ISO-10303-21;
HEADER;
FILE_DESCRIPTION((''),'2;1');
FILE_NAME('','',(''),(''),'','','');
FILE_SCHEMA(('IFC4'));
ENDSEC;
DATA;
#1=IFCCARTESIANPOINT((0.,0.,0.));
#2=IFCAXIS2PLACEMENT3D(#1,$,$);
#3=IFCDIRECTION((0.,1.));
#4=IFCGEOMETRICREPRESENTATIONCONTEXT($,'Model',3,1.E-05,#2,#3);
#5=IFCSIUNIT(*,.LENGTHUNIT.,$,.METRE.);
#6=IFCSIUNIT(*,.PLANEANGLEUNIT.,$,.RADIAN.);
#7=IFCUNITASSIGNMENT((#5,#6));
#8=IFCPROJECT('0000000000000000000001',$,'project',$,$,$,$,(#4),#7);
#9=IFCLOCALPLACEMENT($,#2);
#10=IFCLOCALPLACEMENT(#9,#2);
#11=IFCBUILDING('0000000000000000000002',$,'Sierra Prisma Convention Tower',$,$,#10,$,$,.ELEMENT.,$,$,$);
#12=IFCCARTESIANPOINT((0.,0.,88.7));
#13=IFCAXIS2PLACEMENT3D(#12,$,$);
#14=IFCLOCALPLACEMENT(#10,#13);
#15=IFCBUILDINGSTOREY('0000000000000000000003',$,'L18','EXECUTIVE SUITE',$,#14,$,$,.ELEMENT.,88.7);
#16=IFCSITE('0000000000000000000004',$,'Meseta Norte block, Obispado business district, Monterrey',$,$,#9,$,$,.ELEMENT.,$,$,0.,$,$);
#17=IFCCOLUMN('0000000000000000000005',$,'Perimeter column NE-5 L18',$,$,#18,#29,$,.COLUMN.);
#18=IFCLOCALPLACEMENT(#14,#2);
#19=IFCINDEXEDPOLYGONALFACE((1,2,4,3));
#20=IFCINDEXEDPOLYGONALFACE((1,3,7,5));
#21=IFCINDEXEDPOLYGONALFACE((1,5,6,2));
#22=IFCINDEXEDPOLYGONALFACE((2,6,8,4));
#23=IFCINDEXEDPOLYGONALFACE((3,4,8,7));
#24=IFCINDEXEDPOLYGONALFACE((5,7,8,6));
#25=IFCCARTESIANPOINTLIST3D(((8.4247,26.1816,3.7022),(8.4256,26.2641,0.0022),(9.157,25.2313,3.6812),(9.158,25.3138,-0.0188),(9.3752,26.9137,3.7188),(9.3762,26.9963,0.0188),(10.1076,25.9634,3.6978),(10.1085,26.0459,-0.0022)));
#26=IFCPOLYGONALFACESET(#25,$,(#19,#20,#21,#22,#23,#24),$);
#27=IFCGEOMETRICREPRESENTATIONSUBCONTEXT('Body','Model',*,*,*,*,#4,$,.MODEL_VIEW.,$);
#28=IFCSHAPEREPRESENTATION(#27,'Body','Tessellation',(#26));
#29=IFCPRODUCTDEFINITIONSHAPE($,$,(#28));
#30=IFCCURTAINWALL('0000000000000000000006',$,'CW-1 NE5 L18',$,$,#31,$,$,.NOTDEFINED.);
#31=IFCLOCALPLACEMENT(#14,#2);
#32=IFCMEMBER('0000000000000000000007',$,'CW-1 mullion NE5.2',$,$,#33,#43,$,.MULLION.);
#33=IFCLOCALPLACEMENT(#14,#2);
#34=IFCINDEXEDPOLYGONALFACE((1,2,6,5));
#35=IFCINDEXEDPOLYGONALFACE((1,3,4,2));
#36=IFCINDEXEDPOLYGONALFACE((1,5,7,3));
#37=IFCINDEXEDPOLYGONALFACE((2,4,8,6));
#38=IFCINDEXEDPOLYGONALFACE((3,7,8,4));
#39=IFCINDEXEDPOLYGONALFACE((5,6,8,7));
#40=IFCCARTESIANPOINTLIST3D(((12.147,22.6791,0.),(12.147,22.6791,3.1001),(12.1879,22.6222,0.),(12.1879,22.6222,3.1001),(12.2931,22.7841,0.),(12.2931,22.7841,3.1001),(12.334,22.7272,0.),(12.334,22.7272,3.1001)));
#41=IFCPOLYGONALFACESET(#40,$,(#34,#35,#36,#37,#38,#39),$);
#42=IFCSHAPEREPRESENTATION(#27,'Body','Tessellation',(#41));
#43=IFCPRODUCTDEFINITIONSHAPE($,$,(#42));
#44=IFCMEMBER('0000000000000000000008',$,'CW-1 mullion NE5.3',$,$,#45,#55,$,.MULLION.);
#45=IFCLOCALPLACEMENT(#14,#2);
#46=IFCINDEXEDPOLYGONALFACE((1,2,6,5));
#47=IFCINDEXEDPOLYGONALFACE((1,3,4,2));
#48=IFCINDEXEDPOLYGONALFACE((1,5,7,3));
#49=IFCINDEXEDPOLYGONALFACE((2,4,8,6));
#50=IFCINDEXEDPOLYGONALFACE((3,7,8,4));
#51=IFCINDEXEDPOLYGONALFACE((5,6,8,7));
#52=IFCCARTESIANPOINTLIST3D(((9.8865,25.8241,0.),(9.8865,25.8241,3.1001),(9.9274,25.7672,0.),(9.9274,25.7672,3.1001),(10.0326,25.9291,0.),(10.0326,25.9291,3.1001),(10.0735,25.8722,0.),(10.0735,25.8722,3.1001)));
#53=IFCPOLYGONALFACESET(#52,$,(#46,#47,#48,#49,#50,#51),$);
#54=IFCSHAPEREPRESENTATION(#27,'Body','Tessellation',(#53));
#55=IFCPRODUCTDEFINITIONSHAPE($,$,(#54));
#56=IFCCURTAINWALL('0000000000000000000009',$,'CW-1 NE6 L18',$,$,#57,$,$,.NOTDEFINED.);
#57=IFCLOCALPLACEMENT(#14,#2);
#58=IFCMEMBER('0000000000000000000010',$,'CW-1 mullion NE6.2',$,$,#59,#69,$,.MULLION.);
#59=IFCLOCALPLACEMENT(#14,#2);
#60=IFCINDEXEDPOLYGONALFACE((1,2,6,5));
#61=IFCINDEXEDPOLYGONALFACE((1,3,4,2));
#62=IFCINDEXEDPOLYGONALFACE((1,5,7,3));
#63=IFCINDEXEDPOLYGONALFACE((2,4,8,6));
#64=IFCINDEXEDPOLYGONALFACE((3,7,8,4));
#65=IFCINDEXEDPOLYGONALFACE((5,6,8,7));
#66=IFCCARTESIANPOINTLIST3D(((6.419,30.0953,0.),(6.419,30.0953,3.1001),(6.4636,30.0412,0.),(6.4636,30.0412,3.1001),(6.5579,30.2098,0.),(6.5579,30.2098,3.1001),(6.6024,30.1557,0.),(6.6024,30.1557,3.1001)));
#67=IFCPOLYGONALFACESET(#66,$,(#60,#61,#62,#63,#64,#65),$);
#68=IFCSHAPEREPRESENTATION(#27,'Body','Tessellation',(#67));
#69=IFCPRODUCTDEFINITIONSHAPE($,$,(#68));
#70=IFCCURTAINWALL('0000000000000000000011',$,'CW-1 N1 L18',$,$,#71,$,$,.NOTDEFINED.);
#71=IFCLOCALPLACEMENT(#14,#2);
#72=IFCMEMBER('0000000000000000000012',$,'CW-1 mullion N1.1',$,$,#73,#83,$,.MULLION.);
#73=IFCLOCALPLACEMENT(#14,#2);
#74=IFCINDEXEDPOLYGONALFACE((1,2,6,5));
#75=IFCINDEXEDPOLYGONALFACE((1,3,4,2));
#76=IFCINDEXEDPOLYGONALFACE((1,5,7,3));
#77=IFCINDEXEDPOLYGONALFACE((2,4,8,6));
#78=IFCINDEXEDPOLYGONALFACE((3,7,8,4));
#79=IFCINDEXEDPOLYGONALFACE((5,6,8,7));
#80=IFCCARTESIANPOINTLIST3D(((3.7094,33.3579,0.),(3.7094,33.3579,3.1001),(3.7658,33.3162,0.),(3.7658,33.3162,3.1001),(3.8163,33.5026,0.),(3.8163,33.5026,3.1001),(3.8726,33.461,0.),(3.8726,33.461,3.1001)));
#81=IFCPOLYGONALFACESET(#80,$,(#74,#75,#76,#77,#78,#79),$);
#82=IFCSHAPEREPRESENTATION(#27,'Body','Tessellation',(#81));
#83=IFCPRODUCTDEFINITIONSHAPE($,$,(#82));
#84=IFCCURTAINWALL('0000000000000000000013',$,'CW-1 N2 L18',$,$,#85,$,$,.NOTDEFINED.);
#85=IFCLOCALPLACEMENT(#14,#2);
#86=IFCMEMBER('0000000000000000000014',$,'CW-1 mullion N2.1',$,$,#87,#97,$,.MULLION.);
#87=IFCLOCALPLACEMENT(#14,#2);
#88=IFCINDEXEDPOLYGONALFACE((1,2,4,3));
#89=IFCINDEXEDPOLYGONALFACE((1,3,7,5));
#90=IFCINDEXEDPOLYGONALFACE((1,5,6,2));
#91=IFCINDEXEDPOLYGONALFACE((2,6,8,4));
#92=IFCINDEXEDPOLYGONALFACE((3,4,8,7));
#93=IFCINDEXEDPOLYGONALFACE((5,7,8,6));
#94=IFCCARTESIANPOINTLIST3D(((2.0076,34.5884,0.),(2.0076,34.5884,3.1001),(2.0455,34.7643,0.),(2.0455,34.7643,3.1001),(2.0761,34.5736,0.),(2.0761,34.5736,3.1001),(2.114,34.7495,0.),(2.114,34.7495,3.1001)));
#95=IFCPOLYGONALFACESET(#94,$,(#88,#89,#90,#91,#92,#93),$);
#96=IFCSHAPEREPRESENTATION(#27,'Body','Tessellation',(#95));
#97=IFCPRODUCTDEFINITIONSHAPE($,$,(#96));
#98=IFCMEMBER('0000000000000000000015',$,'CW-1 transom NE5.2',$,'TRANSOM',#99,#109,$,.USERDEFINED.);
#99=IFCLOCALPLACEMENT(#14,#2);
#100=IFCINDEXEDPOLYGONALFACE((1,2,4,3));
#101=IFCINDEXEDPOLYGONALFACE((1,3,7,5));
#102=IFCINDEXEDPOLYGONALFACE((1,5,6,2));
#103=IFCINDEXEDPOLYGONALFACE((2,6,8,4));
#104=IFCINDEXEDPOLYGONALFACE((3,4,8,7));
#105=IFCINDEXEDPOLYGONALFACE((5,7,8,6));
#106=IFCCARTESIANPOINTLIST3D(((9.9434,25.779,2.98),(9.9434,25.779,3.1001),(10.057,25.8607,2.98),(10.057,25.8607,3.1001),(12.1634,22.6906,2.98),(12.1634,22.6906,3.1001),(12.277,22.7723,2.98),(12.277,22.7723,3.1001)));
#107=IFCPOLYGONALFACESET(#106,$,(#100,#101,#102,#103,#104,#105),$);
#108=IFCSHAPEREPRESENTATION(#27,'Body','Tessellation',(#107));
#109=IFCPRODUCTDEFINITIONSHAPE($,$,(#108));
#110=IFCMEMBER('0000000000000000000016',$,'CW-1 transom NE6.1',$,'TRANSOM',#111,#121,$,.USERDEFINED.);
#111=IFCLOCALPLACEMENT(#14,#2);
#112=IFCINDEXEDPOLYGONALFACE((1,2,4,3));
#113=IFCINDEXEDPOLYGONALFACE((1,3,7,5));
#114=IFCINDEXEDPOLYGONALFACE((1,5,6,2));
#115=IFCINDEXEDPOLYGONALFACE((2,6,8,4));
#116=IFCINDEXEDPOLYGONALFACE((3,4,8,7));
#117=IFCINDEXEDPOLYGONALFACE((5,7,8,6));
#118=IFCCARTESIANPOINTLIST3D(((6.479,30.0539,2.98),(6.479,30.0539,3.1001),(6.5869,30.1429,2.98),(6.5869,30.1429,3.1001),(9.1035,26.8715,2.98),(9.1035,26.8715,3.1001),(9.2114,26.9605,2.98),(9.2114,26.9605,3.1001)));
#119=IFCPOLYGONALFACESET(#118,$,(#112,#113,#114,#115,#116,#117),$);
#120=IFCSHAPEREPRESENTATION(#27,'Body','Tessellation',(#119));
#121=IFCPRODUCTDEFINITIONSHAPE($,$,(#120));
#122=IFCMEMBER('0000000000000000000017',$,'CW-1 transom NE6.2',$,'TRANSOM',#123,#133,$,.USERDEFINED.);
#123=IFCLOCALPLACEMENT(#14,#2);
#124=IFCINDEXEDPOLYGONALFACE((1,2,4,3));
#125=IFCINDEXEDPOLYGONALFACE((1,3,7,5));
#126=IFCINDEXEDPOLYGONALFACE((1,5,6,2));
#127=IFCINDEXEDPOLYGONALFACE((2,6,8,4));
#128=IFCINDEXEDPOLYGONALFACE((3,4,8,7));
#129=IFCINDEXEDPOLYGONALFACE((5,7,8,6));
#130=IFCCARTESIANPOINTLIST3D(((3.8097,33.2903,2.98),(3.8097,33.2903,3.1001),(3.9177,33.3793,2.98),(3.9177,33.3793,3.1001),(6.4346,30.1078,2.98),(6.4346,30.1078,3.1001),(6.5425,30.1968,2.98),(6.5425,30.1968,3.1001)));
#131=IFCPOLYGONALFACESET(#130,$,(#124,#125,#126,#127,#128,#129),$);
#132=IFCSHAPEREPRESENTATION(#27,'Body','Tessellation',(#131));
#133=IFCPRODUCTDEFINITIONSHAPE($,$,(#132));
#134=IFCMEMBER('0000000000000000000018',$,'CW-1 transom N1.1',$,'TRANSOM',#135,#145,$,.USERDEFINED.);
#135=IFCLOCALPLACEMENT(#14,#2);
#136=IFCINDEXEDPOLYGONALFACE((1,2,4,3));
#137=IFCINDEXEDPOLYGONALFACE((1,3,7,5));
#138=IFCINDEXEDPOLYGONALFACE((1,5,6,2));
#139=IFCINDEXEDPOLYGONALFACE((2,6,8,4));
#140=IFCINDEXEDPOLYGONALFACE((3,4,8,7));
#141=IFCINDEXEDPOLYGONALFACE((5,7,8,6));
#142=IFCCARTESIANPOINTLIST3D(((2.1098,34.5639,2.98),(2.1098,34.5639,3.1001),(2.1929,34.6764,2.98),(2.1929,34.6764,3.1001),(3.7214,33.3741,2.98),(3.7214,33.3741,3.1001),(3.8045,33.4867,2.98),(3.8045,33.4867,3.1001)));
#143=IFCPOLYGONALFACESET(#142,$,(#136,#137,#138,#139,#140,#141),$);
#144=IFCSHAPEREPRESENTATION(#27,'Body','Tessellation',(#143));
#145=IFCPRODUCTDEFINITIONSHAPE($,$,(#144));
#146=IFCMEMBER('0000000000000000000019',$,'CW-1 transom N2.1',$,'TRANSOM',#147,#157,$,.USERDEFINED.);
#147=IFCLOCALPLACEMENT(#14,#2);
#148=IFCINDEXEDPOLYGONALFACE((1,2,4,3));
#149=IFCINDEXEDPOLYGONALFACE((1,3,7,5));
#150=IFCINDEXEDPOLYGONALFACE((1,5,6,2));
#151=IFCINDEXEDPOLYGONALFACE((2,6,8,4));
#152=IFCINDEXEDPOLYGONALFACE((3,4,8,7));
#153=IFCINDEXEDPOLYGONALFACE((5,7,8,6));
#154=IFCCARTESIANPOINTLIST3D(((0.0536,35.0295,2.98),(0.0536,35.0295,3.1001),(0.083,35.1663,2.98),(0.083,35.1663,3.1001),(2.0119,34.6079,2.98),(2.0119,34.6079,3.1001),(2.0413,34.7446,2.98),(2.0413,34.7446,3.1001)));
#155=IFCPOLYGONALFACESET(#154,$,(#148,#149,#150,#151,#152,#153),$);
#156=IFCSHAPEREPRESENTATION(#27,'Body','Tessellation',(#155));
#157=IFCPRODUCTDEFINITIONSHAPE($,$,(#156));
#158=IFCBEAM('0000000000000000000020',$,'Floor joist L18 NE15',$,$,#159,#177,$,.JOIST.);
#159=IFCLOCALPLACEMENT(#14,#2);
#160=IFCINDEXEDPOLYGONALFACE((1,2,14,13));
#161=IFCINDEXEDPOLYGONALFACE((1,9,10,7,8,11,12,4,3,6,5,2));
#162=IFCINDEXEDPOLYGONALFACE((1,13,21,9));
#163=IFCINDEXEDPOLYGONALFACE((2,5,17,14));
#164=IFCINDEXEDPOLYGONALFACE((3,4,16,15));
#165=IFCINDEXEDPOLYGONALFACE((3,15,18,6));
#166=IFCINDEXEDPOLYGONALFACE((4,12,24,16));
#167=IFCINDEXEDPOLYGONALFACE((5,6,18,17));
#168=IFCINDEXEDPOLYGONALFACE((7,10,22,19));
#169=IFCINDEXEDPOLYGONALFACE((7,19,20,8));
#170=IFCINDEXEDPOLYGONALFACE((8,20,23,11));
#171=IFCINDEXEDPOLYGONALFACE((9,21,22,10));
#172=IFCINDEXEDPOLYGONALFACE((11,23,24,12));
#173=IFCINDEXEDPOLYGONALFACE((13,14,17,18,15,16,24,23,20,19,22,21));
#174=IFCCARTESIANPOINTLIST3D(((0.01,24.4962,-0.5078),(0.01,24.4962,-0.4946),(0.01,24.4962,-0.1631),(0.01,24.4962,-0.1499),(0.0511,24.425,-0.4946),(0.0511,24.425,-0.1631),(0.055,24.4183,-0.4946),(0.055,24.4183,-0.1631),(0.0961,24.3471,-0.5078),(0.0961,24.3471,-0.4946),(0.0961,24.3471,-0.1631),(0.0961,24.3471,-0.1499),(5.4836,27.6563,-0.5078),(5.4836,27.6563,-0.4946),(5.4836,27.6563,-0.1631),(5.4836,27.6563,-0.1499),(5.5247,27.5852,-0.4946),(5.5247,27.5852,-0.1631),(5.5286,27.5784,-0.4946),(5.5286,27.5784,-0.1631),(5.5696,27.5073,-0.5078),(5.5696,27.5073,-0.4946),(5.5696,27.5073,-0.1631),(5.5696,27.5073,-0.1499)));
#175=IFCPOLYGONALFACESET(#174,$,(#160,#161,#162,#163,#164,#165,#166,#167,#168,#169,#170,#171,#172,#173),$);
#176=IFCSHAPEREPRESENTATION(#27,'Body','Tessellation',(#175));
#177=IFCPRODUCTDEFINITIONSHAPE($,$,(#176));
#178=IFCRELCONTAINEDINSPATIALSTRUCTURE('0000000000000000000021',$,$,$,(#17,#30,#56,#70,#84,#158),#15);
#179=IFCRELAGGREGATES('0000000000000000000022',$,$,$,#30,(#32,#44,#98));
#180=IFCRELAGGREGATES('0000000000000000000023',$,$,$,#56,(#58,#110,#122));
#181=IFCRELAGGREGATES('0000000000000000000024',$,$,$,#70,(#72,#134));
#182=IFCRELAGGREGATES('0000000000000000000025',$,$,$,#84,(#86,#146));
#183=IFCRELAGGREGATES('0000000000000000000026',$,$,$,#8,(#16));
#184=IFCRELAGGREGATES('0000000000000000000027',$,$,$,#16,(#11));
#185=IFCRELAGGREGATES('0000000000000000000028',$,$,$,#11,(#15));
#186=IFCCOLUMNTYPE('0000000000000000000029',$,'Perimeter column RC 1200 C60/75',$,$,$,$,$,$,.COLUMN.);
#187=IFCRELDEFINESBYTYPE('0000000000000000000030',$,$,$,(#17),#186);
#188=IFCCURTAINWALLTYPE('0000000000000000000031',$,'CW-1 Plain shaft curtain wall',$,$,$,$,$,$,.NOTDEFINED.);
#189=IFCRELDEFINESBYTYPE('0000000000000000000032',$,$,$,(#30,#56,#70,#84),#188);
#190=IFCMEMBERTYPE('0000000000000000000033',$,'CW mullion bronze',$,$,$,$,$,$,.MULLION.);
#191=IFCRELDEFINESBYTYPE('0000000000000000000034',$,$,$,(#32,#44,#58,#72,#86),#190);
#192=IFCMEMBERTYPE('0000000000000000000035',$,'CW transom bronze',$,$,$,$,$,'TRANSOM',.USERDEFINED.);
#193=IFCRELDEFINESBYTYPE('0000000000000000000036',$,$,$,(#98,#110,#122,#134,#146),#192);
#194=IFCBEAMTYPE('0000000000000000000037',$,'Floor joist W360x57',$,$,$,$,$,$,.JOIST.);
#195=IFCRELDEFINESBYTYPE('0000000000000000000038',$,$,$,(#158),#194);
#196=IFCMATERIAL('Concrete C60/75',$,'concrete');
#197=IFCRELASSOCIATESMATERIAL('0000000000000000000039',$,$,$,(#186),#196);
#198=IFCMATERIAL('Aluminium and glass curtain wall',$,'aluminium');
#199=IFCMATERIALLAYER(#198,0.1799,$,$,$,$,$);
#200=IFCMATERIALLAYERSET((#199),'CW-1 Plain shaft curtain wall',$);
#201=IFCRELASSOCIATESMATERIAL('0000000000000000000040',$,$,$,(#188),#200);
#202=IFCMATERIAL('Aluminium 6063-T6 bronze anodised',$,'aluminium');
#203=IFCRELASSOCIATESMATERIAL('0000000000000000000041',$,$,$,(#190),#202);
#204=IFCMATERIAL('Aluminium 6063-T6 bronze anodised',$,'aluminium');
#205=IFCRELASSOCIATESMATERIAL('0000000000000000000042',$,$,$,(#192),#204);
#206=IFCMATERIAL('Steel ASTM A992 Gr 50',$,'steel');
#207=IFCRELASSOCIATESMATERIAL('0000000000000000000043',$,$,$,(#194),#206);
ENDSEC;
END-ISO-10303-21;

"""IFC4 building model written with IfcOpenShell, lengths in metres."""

from ifc_helpers import new_model, si_unit, direction, frame, origin, origin_2d, place, context, subcontext, project, spatial, rectangle, i_section, extrude, material, layer, layer_set, material_profile, profile_set, type_object, element, aggregate, save


model = new_model("IFC4")

# Units and contexts
model_context = context("Model", 3, precision=1e-05, world=origin(), true_north=direction((0.0, 1.0)))
body_context = subcontext(model_context, "Body", "Model", "MODEL_VIEW")
ifc_project = project(units=[si_unit("LENGTHUNIT", "METRE"), si_unit("PLANEANGLEUNIT", "RADIAN")], contexts=[model_context])

# Site, building, storey
site_placement = place(None, origin())
site = spatial("IfcSite", under=ifc_project, at=site_placement, Name="Meseta Norte block, Obispado business district, Monterrey", CompositionType="ELEMENT", RefElevation=0.0)
building_placement = place(site_placement, origin())
building = spatial("IfcBuilding", under=site, at=building_placement, Name="Sierra Prisma Convention Tower", CompositionType="ELEMENT")
storey_placement = place(building_placement, frame((0.0, 0.0, 88.7)))
storey = spatial("IfcBuildingStorey", under=building, at=storey_placement, Name="L18", Description="EXECUTIVE SUITE", CompositionType="ELEMENT", Elevation=88.7)

# Column
ifc_material_1 = material(Name="Concrete C60/75", Category="concrete")
ifc_material_profile_1 = material_profile(ifc_material_1, rectangle(XDim=1.2, YDim=1.2, at=origin_2d()), Name="Perimeter column RC 1200 C60/75")
ifc_profile_set_1 = profile_set([ifc_material_profile_1], Name="Concrete C60/75")
column_type = type_object("IfcColumnType", Name="Perimeter column RC 1200 C60/75", PredefinedType="COLUMN", material=ifc_profile_set_1)
column_placement = place(storey_placement, frame((9.2671, 26.155, 0.0), z_axis=(-0.000264, -0.022297, 0.999751), x_axis=(-0.610299, 0.791978, 0.017502)))
element("IfcColumn", 1, at=column_placement, inside=storey, type_object=column_type, Name="Perimeter column NE-5 L18", PredefinedType="COLUMN", context=body_context, shape_type="SweptSolid", body=[
    extrude(rectangle(XDim=1.2, YDim=1.2, at=origin_2d()), origin(), (0.0, 0.0, 1.0), 3.7009),
])

# Curtain wall, members
ifc_material_2 = material(Name="Aluminium and glass curtain wall", Category="aluminium")
ifc_layer_1 = layer(ifc_material_2, 0.1799)
ifc_layer_set_1 = layer_set([ifc_layer_1], Name="CW-1 Plain shaft curtain wall")
curtain_wall_type = type_object("IfcCurtainWallType", Name="CW-1 Plain shaft curtain wall", PredefinedType="NOTDEFINED", material=ifc_layer_set_1)
curtain_wall_1_placement = place(storey_placement, origin())
curtain_wall_1 = element("IfcCurtainWall", 2, at=curtain_wall_1_placement, inside=storey, type_object=curtain_wall_type, Name="CW-1 NE5 L18", PredefinedType="NOTDEFINED")
ifc_material_3 = material(Name="Aluminium 6063-T6 bronze anodised", Category="aluminium")
ifc_material_profile_2 = material_profile(ifc_material_3, rectangle(XDim=0.1799, YDim=0.0701, at=origin_2d()), Name="ALU MULLION 70x180")
ifc_profile_set_2 = profile_set([ifc_material_profile_2], Name="Aluminium 6063-T6 bronze anodised")
member_type_1 = type_object("IfcMemberType", Name="CW mullion bronze", PredefinedType="MULLION", material=ifc_profile_set_2)
member_1_placement = place(storey_placement, frame((12.2405, 22.7031, 0.0), z_axis=(0.0, 0.0, 1.0), x_axis=(-0.811999, -0.583659, 0.0)))
member_1 = element("IfcMember", 3, at=member_1_placement, type_object=member_type_1, Name="CW-1 mullion NE5.2", PredefinedType="MULLION", context=body_context, shape_type="SweptSolid", body=[
    extrude(rectangle(XDim=0.1799, YDim=0.0701, at=origin_2d()), origin(), (0.0, 0.0, 1.0), 3.1001),
])
member_2_placement = place(storey_placement, frame((9.98, 25.8481, 0.0), z_axis=(0.0, 0.0, 1.0), x_axis=(-0.811999, -0.583659, 0.0)))
member_2 = element("IfcMember", 4, at=member_2_placement, type_object=member_type_1, Name="CW-1 mullion NE5.3", PredefinedType="MULLION", context=body_context, shape_type="SweptSolid", body=[
    extrude(rectangle(XDim=0.1799, YDim=0.0701, at=origin_2d()), origin(), (0.0, 0.0, 1.0), 3.1001),
])

# Curtain walls, members
curtain_wall_2_placement = place(storey_placement, origin())
curtain_wall_2 = element("IfcCurtainWall", 5, at=curtain_wall_2_placement, inside=storey, type_object=curtain_wall_type, Name="CW-1 NE6 L18", PredefinedType="NOTDEFINED")
member_3_placement = place(storey_placement, frame((6.5107, 30.1255, 0.0), z_axis=(0.0, 0.0, 1.0), x_axis=(-0.771471, -0.636265, 0.0)))
member_3 = element("IfcMember", 6, at=member_3_placement, type_object=member_type_1, Name="CW-1 mullion NE6.2", PredefinedType="MULLION", context=body_context, shape_type="SweptSolid", body=[
    extrude(rectangle(XDim=0.1799, YDim=0.0701, at=origin_2d()), origin(), (0.0, 0.0, 1.0), 3.1001),
])
curtain_wall_3_placement = place(storey_placement, origin())
curtain_wall_3 = element("IfcCurtainWall", 7, at=curtain_wall_3_placement, inside=storey, type_object=curtain_wall_type, Name="CW-1 N1 L18", PredefinedType="NOTDEFINED")
member_4_placement = place(storey_placement, frame((3.791, 33.4094, 0.0), z_axis=(0.0, 0.0, 1.0), x_axis=(-0.593946, -0.804505, 0.0)))
member_4 = element("IfcMember", 8, at=member_4_placement, type_object=member_type_1, Name="CW-1 mullion N1.1", PredefinedType="MULLION", context=body_context, shape_type="SweptSolid", body=[
    extrude(rectangle(XDim=0.1799, YDim=0.0701, at=origin_2d()), origin(), (0.0, 0.0, 1.0), 3.1001),
])
curtain_wall_4_placement = place(storey_placement, origin())
curtain_wall_4 = element("IfcCurtainWall", 9, at=curtain_wall_4_placement, inside=storey, type_object=curtain_wall_type, Name="CW-1 N2 L18", PredefinedType="NOTDEFINED")
member_5_placement = place(storey_placement, frame((2.0608, 34.6689, 0.0), z_axis=(0.0, 0.0, 1.0), x_axis=(-0.210401, -0.977615, 0.0)))
member_5 = element("IfcMember", 10, at=member_5_placement, type_object=member_type_1, Name="CW-1 mullion N2.1", PredefinedType="MULLION", context=body_context, shape_type="SweptSolid", body=[
    extrude(rectangle(XDim=0.1799, YDim=0.0701, at=origin_2d()), origin(), (0.0, 0.0, 1.0), 3.1001),
])

# Members
ifc_material_4 = material(Name="Aluminium 6063-T6 bronze anodised", Category="aluminium")
ifc_material_profile_3 = material_profile(ifc_material_4, rectangle(XDim=0.1399, YDim=0.1201, at=origin_2d()), Name="ALU TRANSOM 120x140")
ifc_profile_set_3 = profile_set([ifc_material_profile_3], Name="Aluminium 6063-T6 bronze anodised")
member_type_2 = type_object("IfcMemberType", Name="CW transom bronze", ElementType="TRANSOM", PredefinedType="USERDEFINED", material=ifc_profile_set_3)
member_6_placement = place(storey_placement, frame((12.2202, 22.7314, 3.04), z_axis=(-0.58367, 0.811991, 0.0), x_axis=(-0.811991, -0.58367, 0.0)))
member_6 = element("IfcMember", 11, at=member_6_placement, type_object=member_type_2, Name="CW-1 transom NE5.2", ObjectType="TRANSOM", PredefinedType="USERDEFINED", context=body_context, shape_type="SweptSolid", body=[
    extrude(rectangle(XDim=0.1399, YDim=0.1201, at=origin_2d()), origin(), (0.0, 0.0, 1.0), 3.8035),
])
member_7_placement = place(storey_placement, frame((9.1575, 26.916, 3.04), z_axis=(-0.636246, 0.771486, 0.0), x_axis=(-0.771486, -0.636246, 0.0)))
member_7 = element("IfcMember", 12, at=member_7_placement, type_object=member_type_2, Name="CW-1 transom NE6.1", ObjectType="TRANSOM", PredefinedType="USERDEFINED", context=body_context, shape_type="SweptSolid", body=[
    extrude(rectangle(XDim=0.1399, YDim=0.1201, at=origin_2d()), origin(), (0.0, 0.0, 1.0), 4.125),
])
member_8_placement = place(storey_placement, frame((6.4885, 30.1523, 3.04), z_axis=(-0.636282, 0.771457, 0.0), x_axis=(-0.771457, -0.636282, 0.0)))
member_8 = element("IfcMember", 13, at=member_8_placement, type_object=member_type_2, Name="CW-1 transom NE6.2", ObjectType="TRANSOM", PredefinedType="USERDEFINED", context=body_context, shape_type="SweptSolid", body=[
    extrude(rectangle(XDim=0.1399, YDim=0.1201, at=origin_2d()), origin(), (0.0, 0.0, 1.0), 4.1252),
])
member_9_placement = place(storey_placement, frame((3.7629, 33.4304, 3.04), z_axis=(-0.804526, 0.593918, 0.0), x_axis=(-0.593918, -0.804526, 0.0)))
member_9 = element("IfcMember", 14, at=member_9_placement, type_object=member_type_2, Name="CW-1 transom N1.1", ObjectType="TRANSOM", PredefinedType="USERDEFINED", context=body_context, shape_type="SweptSolid", body=[
    extrude(rectangle(XDim=0.1399, YDim=0.1201, at=origin_2d()), origin(), (0.0, 0.0, 1.0), 2.0032),
])
member_10_placement = place(storey_placement, frame((2.0266, 34.6763, 3.04), z_axis=(-0.977597, 0.210486, 0.0), x_axis=(-0.210486, -0.977597, 0.0)))
member_10 = element("IfcMember", 15, at=member_10_placement, type_object=member_type_2, Name="CW-1 transom N2.1", ObjectType="TRANSOM", PredefinedType="USERDEFINED", context=body_context, shape_type="SweptSolid", body=[
    extrude(rectangle(XDim=0.1399, YDim=0.1201, at=origin_2d()), origin(), (0.0, 0.0, 1.0), 2.0032),
])

# Beam
ifc_material_5 = material(Name="Steel ASTM A992 Gr 50", Category="steel")
ifc_material_profile_4 = material_profile(ifc_material_5, i_section(OverallWidth=0.1721, OverallDepth=0.3579, WebThickness=0.0078, FlangeThickness=0.0132, at=origin_2d()), Name="W360x57")
ifc_profile_set_4 = profile_set([ifc_material_profile_4], Name="Steel ASTM A992 Gr 50")
beam_type_1 = type_object("IfcBeamType", Name="Floor joist W360x57", PredefinedType="JOIST", material=ifc_profile_set_4)
beam_1_placement = place(storey_placement, frame((5.5266, 27.5818, -0.3289), z_axis=(-0.866029, -0.499994, 0.0), x_axis=(0.499994, -0.866029, 0.0)))
element("IfcBeam", 16, at=beam_1_placement, inside=storey, type_object=beam_type_1, Name="Floor joist L18 NE15", PredefinedType="JOIST", context=body_context, shape_type="SweptSolid", body=[
    extrude(i_section(OverallWidth=0.1721, OverallDepth=0.3579, WebThickness=0.0078, FlangeThickness=0.0132, at=origin_2d()), origin(), (0.0, 0.0, 1.0), 6.3203),
])

aggregate(curtain_wall_1, [member_1, member_2, member_6])
aggregate(curtain_wall_2, [member_3, member_7, member_8])
aggregate(curtain_wall_3, [member_4, member_9])
aggregate(curtain_wall_4, [member_5, member_10])

save(model, "model.ifc")
